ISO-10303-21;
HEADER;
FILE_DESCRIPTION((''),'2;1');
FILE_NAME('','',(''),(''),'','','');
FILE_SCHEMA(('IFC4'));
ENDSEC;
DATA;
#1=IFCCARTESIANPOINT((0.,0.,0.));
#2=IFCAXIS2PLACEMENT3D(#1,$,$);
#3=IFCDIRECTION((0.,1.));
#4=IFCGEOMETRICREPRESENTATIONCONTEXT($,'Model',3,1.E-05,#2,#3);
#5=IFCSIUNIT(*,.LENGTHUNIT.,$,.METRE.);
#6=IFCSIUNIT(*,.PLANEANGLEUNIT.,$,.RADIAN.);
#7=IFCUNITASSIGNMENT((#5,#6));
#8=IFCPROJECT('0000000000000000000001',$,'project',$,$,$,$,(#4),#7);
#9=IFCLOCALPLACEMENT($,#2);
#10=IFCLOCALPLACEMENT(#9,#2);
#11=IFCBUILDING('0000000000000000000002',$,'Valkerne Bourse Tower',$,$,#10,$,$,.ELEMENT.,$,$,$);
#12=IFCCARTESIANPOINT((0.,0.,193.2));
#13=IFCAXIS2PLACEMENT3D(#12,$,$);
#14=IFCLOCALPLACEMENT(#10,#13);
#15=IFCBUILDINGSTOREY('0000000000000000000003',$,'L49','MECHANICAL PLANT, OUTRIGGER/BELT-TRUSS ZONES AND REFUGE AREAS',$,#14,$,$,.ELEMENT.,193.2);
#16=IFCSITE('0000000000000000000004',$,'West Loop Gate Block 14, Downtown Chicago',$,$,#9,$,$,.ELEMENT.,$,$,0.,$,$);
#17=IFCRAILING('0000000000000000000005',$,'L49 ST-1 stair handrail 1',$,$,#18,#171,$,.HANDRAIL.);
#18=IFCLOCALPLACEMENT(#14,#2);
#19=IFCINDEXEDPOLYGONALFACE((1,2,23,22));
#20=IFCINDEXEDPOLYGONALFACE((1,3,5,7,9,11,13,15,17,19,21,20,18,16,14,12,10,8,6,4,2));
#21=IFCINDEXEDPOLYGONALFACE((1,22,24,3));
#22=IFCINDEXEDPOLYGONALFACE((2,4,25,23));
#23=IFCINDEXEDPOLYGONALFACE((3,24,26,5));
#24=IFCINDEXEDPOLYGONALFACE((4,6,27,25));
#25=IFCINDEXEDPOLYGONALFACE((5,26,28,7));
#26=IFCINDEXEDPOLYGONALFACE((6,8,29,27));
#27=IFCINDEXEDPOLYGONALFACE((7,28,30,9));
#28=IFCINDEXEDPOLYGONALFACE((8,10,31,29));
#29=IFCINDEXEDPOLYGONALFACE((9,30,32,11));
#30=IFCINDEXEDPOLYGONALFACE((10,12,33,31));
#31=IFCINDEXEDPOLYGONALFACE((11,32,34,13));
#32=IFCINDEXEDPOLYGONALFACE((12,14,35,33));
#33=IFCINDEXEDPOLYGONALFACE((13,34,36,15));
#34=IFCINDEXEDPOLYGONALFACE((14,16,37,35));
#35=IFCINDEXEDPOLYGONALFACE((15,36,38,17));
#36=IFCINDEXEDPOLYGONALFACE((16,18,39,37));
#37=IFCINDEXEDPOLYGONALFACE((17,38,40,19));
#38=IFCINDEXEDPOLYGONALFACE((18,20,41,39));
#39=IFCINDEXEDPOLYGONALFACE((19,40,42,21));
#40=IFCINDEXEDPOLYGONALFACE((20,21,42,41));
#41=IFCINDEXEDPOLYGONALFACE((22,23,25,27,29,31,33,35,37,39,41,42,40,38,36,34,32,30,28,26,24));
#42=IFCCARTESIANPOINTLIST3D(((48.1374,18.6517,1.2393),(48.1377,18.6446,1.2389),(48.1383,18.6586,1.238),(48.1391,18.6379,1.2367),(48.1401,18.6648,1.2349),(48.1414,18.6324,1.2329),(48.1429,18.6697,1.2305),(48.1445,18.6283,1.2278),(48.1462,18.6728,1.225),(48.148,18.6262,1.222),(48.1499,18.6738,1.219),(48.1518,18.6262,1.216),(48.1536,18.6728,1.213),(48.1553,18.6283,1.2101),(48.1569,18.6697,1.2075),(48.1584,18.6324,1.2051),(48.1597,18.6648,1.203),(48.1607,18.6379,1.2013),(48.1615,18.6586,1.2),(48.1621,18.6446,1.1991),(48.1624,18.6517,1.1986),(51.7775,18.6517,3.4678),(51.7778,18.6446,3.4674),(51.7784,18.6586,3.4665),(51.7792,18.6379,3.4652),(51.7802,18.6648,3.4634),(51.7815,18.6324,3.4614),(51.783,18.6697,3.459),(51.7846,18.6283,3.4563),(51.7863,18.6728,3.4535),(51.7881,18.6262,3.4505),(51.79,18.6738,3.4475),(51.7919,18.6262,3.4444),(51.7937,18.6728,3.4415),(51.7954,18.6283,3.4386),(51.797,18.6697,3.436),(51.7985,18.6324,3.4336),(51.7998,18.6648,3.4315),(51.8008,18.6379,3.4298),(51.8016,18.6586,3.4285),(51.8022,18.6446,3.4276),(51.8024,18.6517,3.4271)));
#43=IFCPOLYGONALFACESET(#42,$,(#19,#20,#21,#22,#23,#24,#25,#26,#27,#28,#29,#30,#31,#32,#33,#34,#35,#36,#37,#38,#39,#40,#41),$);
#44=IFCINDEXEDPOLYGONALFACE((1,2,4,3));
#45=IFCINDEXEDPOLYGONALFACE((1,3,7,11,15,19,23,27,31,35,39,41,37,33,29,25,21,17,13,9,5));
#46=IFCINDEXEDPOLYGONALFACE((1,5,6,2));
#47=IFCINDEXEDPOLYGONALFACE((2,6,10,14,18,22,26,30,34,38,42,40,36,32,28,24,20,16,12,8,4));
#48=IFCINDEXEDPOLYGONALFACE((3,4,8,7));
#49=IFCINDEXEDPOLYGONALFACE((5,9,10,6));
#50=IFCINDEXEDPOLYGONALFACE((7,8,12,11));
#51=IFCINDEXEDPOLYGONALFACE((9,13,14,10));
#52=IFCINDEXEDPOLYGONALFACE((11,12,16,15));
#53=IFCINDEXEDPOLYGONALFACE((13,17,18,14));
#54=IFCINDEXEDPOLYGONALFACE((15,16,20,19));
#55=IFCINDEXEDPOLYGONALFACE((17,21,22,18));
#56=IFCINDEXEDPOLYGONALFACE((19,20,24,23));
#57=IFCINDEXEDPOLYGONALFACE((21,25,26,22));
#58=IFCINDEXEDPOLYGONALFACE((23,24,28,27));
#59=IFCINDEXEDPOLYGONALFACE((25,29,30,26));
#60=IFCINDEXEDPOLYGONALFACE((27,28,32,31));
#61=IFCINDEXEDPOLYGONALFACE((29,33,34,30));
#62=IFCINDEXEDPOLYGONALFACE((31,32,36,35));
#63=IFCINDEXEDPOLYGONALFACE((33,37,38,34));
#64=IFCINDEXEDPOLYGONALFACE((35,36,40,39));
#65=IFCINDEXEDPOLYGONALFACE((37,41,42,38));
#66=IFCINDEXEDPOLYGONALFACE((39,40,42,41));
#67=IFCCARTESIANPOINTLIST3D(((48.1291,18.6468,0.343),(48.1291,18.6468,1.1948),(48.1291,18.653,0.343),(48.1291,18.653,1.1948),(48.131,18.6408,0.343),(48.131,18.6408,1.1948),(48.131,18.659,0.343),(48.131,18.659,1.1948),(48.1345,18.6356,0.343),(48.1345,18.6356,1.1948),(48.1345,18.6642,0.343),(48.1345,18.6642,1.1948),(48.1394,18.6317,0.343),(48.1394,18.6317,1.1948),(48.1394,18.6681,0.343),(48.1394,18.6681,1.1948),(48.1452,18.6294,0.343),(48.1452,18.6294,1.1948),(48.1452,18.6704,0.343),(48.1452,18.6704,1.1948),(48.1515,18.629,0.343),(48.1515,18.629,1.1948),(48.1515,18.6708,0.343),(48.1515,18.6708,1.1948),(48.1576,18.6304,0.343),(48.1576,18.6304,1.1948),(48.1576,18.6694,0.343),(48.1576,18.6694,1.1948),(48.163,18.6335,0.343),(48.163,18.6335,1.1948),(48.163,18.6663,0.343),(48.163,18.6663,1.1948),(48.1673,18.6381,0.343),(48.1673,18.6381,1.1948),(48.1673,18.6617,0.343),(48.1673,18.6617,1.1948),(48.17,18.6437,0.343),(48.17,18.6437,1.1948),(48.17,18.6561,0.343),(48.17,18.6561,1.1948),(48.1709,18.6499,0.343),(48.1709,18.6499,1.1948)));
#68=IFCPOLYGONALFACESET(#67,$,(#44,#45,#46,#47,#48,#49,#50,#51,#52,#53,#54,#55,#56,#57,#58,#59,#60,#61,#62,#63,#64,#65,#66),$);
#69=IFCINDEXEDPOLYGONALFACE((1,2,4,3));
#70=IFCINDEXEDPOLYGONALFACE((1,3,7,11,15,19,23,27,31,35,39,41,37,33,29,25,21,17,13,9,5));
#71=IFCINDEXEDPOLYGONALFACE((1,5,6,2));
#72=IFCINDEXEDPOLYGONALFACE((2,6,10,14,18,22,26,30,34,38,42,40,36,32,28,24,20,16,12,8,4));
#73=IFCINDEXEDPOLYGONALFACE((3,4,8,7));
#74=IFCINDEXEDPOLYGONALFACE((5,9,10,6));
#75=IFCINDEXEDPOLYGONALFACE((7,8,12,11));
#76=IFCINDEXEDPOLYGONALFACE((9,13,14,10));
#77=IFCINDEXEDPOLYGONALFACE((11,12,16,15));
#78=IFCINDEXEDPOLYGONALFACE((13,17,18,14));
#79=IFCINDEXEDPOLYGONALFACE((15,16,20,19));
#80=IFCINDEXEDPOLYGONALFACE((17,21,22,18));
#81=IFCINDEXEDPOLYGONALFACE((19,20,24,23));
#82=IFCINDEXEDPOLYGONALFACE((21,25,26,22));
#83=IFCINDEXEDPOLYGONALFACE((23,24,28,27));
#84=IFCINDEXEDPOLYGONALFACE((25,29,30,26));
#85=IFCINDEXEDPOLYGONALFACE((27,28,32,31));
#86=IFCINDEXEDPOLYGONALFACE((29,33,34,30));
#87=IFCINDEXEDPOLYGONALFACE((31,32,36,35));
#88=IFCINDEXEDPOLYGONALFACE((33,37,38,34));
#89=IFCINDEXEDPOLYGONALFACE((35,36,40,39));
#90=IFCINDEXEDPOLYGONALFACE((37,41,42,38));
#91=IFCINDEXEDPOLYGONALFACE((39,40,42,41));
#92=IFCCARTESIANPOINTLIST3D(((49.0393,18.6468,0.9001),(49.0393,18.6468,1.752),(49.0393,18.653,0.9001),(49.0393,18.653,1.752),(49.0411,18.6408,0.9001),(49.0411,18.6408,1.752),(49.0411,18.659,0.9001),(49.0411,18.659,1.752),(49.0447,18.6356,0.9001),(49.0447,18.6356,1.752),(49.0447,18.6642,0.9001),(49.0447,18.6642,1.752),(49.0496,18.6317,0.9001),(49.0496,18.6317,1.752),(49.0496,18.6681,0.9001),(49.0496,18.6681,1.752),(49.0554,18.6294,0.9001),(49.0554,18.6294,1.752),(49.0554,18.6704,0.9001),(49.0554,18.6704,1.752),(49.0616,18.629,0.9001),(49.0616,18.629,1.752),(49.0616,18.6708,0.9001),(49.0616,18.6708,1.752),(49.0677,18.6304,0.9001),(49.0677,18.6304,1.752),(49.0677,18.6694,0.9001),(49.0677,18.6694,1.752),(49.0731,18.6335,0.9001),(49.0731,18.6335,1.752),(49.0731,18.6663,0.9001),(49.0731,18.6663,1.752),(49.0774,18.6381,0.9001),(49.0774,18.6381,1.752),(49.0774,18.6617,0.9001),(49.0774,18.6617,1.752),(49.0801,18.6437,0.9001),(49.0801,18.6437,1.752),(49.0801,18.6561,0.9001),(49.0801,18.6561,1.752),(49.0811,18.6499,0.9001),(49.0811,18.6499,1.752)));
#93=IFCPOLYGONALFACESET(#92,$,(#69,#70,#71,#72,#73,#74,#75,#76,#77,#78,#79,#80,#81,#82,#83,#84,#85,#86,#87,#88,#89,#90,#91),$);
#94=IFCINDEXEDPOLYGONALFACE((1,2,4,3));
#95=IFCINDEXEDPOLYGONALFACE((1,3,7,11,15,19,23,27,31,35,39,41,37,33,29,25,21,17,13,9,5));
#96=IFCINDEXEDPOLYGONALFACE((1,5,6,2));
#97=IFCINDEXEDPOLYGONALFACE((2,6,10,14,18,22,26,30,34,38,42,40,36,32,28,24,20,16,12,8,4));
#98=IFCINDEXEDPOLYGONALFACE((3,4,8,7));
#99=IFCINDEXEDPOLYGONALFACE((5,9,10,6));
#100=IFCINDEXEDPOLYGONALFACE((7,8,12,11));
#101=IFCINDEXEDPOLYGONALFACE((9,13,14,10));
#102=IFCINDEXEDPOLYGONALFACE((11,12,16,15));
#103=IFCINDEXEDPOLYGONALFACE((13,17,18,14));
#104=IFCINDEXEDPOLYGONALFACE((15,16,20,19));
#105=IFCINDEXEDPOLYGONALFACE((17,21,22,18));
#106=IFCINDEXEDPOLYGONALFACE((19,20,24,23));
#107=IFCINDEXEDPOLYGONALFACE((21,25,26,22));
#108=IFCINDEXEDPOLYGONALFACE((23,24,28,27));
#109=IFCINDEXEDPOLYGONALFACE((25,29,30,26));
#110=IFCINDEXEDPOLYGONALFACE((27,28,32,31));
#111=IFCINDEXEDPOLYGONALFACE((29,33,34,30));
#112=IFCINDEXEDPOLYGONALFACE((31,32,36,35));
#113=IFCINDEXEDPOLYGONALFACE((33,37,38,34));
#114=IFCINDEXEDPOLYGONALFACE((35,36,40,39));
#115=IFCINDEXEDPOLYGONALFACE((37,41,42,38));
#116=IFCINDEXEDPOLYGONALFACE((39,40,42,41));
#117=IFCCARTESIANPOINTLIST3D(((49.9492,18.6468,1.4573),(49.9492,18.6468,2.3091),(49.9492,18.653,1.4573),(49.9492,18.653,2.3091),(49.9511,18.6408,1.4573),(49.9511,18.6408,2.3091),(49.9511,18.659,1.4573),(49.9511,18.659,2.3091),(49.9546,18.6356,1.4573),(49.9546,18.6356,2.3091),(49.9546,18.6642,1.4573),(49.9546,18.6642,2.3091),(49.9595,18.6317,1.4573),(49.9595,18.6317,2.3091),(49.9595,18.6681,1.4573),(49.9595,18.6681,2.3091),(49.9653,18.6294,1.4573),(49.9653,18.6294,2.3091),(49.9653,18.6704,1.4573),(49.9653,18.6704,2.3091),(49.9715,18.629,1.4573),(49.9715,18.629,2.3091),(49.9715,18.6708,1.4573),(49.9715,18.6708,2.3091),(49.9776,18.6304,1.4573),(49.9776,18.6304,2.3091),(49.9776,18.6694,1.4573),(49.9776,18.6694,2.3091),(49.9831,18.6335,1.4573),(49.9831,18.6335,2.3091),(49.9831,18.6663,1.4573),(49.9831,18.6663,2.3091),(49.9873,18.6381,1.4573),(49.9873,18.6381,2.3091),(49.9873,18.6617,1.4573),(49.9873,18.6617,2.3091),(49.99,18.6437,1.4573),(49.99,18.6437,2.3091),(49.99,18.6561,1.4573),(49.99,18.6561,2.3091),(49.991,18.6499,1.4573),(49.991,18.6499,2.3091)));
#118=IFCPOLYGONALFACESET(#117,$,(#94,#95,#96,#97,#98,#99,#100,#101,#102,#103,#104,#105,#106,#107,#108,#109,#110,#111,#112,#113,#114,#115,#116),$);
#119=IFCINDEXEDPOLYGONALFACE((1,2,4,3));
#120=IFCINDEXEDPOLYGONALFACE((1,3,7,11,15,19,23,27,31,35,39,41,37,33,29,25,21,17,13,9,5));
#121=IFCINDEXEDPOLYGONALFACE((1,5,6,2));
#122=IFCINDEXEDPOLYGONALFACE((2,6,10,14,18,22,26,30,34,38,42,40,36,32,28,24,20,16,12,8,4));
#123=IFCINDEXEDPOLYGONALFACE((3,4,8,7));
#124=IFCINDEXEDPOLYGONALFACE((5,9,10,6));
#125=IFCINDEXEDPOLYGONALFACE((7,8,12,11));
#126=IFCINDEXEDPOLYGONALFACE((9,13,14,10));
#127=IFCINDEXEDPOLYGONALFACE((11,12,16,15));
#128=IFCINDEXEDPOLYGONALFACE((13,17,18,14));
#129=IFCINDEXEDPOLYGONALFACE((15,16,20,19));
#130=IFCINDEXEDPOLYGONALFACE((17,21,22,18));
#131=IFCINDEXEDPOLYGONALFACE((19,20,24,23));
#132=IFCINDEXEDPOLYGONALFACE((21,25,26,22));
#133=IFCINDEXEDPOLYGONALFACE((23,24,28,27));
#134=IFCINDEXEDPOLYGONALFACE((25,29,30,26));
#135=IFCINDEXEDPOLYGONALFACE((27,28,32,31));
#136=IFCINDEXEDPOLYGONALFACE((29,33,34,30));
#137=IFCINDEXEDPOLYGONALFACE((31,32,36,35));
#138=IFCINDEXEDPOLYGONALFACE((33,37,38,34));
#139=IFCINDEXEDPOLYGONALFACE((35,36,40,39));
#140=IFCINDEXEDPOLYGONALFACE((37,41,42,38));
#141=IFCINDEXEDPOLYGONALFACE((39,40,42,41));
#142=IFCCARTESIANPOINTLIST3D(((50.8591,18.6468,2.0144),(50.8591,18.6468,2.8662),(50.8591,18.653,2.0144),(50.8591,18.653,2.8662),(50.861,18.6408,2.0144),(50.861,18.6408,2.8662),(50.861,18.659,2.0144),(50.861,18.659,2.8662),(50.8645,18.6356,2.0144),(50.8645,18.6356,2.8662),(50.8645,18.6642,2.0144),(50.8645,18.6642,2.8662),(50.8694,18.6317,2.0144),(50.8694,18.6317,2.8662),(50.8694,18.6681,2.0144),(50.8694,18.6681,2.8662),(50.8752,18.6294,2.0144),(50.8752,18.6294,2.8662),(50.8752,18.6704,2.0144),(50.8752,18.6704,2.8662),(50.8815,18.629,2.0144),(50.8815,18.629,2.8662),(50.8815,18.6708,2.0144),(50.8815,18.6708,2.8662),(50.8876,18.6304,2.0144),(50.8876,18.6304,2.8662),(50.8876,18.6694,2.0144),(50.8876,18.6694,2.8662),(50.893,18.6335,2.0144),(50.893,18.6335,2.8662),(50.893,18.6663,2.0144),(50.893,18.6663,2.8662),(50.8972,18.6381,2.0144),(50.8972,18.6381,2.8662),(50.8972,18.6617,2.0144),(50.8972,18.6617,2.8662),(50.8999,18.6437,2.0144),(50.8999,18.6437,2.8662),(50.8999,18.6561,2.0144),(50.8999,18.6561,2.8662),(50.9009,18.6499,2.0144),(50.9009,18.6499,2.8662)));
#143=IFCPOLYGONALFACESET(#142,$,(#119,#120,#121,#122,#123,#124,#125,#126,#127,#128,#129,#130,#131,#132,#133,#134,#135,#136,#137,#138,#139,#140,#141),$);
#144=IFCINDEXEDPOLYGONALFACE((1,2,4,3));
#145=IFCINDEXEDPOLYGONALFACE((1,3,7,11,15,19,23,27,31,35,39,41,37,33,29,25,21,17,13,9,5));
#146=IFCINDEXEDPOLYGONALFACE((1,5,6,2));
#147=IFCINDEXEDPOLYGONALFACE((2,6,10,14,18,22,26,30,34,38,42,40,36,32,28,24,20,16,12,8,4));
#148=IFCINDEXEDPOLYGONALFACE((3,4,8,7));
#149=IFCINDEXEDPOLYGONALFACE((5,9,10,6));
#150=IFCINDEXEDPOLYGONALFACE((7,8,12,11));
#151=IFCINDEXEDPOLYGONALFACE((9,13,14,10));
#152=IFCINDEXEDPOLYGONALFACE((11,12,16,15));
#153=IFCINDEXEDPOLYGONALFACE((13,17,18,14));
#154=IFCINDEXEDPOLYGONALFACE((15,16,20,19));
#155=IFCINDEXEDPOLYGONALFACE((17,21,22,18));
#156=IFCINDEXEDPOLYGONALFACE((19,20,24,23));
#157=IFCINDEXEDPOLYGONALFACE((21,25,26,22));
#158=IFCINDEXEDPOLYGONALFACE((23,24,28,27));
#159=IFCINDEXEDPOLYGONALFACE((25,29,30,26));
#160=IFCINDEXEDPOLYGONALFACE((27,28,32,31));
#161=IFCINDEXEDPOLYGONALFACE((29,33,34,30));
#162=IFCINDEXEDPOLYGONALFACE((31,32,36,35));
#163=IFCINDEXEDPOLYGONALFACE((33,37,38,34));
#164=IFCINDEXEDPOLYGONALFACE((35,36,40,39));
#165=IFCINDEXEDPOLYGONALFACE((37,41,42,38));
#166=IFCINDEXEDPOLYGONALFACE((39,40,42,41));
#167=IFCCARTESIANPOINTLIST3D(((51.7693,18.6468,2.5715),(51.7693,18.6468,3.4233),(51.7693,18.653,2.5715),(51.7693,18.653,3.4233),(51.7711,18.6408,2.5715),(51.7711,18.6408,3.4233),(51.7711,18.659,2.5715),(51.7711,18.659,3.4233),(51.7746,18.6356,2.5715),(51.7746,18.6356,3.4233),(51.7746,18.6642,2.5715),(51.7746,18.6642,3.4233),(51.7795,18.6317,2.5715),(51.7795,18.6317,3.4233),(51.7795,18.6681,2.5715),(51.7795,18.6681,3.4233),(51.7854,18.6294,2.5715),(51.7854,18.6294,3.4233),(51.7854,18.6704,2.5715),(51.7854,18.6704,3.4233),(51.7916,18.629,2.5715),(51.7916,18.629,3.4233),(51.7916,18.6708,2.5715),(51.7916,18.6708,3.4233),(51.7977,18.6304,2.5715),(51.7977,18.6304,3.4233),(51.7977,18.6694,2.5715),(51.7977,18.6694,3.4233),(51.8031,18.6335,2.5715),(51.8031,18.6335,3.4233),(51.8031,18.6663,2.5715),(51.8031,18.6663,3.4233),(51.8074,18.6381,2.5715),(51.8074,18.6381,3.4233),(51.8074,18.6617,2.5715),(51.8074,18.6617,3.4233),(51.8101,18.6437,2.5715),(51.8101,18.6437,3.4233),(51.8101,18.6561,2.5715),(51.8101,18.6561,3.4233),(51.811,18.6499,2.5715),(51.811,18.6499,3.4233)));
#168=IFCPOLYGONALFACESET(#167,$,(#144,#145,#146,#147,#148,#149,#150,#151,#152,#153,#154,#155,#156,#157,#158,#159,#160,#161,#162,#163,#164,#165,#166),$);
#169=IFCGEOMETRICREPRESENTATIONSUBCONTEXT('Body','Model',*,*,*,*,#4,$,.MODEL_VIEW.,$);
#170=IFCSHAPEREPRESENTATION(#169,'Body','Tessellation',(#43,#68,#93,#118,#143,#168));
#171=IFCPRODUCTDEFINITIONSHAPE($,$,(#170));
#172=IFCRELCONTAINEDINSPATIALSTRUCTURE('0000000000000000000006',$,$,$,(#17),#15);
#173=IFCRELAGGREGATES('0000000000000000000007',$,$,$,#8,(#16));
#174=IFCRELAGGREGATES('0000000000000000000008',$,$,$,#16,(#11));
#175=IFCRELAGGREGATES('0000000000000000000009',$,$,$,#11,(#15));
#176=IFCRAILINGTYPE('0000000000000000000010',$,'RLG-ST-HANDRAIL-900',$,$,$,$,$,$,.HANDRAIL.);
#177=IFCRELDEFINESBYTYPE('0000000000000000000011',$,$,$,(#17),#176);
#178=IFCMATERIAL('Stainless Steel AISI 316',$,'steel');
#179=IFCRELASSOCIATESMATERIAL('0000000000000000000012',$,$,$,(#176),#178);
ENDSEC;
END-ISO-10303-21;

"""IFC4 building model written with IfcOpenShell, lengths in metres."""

from ifc_helpers import new_model, si_unit, direction, frame, origin, origin_2d, place, context, subcontext, project, spatial, circle, extrude, material, type_object, element, save


model = new_model("IFC4")

# Units and contexts
model_context = context("Model", 3, precision=1e-05, world=origin(), true_north=direction((0.0, 1.0)))
body_context = subcontext(model_context, "Body", "Model", "MODEL_VIEW")
ifc_project = project(units=[si_unit("LENGTHUNIT", "METRE"), si_unit("PLANEANGLEUNIT", "RADIAN")], contexts=[model_context])

# Site, building, storey
site_placement = place(None, origin())
site = spatial("IfcSite", under=ifc_project, at=site_placement, Name="West Loop Gate Block 14, Downtown Chicago", CompositionType="ELEMENT", RefElevation=0.0)
building_placement = place(site_placement, origin())
building = spatial("IfcBuilding", under=site, at=building_placement, Name="Valkerne Bourse Tower", CompositionType="ELEMENT")
storey_placement = place(building_placement, frame((0.0, 0.0, 193.2)))
storey = spatial("IfcBuildingStorey", under=building, at=storey_placement, Name="L49", Description="MECHANICAL PLANT, OUTRIGGER/BELT-TRUSS ZONES AND REFUGE AREAS", CompositionType="ELEMENT", Elevation=193.2)

# Railing
ifc_material_1 = material(Name="Stainless Steel AISI 316", Category="steel")
railing_type_1 = type_object("IfcRailingType", Name="RLG-ST-HANDRAIL-900", PredefinedType="HANDRAIL", material=ifc_material_1)
railing_1_placement = place(storey_placement, frame((48.1499, 18.6499, 0.343)))
element("IfcRailing", 1, at=railing_1_placement, inside=storey, type_object=railing_type_1, Name="L49 ST-1 stair handrail 1", PredefinedType="HANDRAIL", context=body_context, shape_type="SweptSolid", body=[
    extrude(circle(Radius=0.0239, at=origin_2d()), frame((0.0, 0.0, 0.876), z_axis=(0.852866, 0.0, 0.52213), x_axis=(0.0, 1.0, 0.0)), (0.0, 0.0, 1.0), 4.2681),
    extrude(circle(Radius=0.021, at=origin_2d()), origin(), (0.0, 0.0, 1.0), 0.8518),
    extrude(circle(Radius=0.021, at=origin_2d()), frame((0.9102, 0.0, 0.5571)), (0.0, 0.0, 1.0), 0.8518),
    extrude(circle(Radius=0.021, at=origin_2d()), frame((1.8201, 0.0, 1.1143)), (0.0, 0.0, 1.0), 0.8518),
    extrude(circle(Radius=0.021, at=origin_2d()), frame((2.73, 0.0, 1.6714)), (0.0, 0.0, 1.0), 0.8518),
    extrude(circle(Radius=0.021, at=origin_2d()), frame((3.6401, 0.0, 2.2285)), (0.0, 0.0, 1.0), 0.8518),
])

save(model, "model.ifc")
